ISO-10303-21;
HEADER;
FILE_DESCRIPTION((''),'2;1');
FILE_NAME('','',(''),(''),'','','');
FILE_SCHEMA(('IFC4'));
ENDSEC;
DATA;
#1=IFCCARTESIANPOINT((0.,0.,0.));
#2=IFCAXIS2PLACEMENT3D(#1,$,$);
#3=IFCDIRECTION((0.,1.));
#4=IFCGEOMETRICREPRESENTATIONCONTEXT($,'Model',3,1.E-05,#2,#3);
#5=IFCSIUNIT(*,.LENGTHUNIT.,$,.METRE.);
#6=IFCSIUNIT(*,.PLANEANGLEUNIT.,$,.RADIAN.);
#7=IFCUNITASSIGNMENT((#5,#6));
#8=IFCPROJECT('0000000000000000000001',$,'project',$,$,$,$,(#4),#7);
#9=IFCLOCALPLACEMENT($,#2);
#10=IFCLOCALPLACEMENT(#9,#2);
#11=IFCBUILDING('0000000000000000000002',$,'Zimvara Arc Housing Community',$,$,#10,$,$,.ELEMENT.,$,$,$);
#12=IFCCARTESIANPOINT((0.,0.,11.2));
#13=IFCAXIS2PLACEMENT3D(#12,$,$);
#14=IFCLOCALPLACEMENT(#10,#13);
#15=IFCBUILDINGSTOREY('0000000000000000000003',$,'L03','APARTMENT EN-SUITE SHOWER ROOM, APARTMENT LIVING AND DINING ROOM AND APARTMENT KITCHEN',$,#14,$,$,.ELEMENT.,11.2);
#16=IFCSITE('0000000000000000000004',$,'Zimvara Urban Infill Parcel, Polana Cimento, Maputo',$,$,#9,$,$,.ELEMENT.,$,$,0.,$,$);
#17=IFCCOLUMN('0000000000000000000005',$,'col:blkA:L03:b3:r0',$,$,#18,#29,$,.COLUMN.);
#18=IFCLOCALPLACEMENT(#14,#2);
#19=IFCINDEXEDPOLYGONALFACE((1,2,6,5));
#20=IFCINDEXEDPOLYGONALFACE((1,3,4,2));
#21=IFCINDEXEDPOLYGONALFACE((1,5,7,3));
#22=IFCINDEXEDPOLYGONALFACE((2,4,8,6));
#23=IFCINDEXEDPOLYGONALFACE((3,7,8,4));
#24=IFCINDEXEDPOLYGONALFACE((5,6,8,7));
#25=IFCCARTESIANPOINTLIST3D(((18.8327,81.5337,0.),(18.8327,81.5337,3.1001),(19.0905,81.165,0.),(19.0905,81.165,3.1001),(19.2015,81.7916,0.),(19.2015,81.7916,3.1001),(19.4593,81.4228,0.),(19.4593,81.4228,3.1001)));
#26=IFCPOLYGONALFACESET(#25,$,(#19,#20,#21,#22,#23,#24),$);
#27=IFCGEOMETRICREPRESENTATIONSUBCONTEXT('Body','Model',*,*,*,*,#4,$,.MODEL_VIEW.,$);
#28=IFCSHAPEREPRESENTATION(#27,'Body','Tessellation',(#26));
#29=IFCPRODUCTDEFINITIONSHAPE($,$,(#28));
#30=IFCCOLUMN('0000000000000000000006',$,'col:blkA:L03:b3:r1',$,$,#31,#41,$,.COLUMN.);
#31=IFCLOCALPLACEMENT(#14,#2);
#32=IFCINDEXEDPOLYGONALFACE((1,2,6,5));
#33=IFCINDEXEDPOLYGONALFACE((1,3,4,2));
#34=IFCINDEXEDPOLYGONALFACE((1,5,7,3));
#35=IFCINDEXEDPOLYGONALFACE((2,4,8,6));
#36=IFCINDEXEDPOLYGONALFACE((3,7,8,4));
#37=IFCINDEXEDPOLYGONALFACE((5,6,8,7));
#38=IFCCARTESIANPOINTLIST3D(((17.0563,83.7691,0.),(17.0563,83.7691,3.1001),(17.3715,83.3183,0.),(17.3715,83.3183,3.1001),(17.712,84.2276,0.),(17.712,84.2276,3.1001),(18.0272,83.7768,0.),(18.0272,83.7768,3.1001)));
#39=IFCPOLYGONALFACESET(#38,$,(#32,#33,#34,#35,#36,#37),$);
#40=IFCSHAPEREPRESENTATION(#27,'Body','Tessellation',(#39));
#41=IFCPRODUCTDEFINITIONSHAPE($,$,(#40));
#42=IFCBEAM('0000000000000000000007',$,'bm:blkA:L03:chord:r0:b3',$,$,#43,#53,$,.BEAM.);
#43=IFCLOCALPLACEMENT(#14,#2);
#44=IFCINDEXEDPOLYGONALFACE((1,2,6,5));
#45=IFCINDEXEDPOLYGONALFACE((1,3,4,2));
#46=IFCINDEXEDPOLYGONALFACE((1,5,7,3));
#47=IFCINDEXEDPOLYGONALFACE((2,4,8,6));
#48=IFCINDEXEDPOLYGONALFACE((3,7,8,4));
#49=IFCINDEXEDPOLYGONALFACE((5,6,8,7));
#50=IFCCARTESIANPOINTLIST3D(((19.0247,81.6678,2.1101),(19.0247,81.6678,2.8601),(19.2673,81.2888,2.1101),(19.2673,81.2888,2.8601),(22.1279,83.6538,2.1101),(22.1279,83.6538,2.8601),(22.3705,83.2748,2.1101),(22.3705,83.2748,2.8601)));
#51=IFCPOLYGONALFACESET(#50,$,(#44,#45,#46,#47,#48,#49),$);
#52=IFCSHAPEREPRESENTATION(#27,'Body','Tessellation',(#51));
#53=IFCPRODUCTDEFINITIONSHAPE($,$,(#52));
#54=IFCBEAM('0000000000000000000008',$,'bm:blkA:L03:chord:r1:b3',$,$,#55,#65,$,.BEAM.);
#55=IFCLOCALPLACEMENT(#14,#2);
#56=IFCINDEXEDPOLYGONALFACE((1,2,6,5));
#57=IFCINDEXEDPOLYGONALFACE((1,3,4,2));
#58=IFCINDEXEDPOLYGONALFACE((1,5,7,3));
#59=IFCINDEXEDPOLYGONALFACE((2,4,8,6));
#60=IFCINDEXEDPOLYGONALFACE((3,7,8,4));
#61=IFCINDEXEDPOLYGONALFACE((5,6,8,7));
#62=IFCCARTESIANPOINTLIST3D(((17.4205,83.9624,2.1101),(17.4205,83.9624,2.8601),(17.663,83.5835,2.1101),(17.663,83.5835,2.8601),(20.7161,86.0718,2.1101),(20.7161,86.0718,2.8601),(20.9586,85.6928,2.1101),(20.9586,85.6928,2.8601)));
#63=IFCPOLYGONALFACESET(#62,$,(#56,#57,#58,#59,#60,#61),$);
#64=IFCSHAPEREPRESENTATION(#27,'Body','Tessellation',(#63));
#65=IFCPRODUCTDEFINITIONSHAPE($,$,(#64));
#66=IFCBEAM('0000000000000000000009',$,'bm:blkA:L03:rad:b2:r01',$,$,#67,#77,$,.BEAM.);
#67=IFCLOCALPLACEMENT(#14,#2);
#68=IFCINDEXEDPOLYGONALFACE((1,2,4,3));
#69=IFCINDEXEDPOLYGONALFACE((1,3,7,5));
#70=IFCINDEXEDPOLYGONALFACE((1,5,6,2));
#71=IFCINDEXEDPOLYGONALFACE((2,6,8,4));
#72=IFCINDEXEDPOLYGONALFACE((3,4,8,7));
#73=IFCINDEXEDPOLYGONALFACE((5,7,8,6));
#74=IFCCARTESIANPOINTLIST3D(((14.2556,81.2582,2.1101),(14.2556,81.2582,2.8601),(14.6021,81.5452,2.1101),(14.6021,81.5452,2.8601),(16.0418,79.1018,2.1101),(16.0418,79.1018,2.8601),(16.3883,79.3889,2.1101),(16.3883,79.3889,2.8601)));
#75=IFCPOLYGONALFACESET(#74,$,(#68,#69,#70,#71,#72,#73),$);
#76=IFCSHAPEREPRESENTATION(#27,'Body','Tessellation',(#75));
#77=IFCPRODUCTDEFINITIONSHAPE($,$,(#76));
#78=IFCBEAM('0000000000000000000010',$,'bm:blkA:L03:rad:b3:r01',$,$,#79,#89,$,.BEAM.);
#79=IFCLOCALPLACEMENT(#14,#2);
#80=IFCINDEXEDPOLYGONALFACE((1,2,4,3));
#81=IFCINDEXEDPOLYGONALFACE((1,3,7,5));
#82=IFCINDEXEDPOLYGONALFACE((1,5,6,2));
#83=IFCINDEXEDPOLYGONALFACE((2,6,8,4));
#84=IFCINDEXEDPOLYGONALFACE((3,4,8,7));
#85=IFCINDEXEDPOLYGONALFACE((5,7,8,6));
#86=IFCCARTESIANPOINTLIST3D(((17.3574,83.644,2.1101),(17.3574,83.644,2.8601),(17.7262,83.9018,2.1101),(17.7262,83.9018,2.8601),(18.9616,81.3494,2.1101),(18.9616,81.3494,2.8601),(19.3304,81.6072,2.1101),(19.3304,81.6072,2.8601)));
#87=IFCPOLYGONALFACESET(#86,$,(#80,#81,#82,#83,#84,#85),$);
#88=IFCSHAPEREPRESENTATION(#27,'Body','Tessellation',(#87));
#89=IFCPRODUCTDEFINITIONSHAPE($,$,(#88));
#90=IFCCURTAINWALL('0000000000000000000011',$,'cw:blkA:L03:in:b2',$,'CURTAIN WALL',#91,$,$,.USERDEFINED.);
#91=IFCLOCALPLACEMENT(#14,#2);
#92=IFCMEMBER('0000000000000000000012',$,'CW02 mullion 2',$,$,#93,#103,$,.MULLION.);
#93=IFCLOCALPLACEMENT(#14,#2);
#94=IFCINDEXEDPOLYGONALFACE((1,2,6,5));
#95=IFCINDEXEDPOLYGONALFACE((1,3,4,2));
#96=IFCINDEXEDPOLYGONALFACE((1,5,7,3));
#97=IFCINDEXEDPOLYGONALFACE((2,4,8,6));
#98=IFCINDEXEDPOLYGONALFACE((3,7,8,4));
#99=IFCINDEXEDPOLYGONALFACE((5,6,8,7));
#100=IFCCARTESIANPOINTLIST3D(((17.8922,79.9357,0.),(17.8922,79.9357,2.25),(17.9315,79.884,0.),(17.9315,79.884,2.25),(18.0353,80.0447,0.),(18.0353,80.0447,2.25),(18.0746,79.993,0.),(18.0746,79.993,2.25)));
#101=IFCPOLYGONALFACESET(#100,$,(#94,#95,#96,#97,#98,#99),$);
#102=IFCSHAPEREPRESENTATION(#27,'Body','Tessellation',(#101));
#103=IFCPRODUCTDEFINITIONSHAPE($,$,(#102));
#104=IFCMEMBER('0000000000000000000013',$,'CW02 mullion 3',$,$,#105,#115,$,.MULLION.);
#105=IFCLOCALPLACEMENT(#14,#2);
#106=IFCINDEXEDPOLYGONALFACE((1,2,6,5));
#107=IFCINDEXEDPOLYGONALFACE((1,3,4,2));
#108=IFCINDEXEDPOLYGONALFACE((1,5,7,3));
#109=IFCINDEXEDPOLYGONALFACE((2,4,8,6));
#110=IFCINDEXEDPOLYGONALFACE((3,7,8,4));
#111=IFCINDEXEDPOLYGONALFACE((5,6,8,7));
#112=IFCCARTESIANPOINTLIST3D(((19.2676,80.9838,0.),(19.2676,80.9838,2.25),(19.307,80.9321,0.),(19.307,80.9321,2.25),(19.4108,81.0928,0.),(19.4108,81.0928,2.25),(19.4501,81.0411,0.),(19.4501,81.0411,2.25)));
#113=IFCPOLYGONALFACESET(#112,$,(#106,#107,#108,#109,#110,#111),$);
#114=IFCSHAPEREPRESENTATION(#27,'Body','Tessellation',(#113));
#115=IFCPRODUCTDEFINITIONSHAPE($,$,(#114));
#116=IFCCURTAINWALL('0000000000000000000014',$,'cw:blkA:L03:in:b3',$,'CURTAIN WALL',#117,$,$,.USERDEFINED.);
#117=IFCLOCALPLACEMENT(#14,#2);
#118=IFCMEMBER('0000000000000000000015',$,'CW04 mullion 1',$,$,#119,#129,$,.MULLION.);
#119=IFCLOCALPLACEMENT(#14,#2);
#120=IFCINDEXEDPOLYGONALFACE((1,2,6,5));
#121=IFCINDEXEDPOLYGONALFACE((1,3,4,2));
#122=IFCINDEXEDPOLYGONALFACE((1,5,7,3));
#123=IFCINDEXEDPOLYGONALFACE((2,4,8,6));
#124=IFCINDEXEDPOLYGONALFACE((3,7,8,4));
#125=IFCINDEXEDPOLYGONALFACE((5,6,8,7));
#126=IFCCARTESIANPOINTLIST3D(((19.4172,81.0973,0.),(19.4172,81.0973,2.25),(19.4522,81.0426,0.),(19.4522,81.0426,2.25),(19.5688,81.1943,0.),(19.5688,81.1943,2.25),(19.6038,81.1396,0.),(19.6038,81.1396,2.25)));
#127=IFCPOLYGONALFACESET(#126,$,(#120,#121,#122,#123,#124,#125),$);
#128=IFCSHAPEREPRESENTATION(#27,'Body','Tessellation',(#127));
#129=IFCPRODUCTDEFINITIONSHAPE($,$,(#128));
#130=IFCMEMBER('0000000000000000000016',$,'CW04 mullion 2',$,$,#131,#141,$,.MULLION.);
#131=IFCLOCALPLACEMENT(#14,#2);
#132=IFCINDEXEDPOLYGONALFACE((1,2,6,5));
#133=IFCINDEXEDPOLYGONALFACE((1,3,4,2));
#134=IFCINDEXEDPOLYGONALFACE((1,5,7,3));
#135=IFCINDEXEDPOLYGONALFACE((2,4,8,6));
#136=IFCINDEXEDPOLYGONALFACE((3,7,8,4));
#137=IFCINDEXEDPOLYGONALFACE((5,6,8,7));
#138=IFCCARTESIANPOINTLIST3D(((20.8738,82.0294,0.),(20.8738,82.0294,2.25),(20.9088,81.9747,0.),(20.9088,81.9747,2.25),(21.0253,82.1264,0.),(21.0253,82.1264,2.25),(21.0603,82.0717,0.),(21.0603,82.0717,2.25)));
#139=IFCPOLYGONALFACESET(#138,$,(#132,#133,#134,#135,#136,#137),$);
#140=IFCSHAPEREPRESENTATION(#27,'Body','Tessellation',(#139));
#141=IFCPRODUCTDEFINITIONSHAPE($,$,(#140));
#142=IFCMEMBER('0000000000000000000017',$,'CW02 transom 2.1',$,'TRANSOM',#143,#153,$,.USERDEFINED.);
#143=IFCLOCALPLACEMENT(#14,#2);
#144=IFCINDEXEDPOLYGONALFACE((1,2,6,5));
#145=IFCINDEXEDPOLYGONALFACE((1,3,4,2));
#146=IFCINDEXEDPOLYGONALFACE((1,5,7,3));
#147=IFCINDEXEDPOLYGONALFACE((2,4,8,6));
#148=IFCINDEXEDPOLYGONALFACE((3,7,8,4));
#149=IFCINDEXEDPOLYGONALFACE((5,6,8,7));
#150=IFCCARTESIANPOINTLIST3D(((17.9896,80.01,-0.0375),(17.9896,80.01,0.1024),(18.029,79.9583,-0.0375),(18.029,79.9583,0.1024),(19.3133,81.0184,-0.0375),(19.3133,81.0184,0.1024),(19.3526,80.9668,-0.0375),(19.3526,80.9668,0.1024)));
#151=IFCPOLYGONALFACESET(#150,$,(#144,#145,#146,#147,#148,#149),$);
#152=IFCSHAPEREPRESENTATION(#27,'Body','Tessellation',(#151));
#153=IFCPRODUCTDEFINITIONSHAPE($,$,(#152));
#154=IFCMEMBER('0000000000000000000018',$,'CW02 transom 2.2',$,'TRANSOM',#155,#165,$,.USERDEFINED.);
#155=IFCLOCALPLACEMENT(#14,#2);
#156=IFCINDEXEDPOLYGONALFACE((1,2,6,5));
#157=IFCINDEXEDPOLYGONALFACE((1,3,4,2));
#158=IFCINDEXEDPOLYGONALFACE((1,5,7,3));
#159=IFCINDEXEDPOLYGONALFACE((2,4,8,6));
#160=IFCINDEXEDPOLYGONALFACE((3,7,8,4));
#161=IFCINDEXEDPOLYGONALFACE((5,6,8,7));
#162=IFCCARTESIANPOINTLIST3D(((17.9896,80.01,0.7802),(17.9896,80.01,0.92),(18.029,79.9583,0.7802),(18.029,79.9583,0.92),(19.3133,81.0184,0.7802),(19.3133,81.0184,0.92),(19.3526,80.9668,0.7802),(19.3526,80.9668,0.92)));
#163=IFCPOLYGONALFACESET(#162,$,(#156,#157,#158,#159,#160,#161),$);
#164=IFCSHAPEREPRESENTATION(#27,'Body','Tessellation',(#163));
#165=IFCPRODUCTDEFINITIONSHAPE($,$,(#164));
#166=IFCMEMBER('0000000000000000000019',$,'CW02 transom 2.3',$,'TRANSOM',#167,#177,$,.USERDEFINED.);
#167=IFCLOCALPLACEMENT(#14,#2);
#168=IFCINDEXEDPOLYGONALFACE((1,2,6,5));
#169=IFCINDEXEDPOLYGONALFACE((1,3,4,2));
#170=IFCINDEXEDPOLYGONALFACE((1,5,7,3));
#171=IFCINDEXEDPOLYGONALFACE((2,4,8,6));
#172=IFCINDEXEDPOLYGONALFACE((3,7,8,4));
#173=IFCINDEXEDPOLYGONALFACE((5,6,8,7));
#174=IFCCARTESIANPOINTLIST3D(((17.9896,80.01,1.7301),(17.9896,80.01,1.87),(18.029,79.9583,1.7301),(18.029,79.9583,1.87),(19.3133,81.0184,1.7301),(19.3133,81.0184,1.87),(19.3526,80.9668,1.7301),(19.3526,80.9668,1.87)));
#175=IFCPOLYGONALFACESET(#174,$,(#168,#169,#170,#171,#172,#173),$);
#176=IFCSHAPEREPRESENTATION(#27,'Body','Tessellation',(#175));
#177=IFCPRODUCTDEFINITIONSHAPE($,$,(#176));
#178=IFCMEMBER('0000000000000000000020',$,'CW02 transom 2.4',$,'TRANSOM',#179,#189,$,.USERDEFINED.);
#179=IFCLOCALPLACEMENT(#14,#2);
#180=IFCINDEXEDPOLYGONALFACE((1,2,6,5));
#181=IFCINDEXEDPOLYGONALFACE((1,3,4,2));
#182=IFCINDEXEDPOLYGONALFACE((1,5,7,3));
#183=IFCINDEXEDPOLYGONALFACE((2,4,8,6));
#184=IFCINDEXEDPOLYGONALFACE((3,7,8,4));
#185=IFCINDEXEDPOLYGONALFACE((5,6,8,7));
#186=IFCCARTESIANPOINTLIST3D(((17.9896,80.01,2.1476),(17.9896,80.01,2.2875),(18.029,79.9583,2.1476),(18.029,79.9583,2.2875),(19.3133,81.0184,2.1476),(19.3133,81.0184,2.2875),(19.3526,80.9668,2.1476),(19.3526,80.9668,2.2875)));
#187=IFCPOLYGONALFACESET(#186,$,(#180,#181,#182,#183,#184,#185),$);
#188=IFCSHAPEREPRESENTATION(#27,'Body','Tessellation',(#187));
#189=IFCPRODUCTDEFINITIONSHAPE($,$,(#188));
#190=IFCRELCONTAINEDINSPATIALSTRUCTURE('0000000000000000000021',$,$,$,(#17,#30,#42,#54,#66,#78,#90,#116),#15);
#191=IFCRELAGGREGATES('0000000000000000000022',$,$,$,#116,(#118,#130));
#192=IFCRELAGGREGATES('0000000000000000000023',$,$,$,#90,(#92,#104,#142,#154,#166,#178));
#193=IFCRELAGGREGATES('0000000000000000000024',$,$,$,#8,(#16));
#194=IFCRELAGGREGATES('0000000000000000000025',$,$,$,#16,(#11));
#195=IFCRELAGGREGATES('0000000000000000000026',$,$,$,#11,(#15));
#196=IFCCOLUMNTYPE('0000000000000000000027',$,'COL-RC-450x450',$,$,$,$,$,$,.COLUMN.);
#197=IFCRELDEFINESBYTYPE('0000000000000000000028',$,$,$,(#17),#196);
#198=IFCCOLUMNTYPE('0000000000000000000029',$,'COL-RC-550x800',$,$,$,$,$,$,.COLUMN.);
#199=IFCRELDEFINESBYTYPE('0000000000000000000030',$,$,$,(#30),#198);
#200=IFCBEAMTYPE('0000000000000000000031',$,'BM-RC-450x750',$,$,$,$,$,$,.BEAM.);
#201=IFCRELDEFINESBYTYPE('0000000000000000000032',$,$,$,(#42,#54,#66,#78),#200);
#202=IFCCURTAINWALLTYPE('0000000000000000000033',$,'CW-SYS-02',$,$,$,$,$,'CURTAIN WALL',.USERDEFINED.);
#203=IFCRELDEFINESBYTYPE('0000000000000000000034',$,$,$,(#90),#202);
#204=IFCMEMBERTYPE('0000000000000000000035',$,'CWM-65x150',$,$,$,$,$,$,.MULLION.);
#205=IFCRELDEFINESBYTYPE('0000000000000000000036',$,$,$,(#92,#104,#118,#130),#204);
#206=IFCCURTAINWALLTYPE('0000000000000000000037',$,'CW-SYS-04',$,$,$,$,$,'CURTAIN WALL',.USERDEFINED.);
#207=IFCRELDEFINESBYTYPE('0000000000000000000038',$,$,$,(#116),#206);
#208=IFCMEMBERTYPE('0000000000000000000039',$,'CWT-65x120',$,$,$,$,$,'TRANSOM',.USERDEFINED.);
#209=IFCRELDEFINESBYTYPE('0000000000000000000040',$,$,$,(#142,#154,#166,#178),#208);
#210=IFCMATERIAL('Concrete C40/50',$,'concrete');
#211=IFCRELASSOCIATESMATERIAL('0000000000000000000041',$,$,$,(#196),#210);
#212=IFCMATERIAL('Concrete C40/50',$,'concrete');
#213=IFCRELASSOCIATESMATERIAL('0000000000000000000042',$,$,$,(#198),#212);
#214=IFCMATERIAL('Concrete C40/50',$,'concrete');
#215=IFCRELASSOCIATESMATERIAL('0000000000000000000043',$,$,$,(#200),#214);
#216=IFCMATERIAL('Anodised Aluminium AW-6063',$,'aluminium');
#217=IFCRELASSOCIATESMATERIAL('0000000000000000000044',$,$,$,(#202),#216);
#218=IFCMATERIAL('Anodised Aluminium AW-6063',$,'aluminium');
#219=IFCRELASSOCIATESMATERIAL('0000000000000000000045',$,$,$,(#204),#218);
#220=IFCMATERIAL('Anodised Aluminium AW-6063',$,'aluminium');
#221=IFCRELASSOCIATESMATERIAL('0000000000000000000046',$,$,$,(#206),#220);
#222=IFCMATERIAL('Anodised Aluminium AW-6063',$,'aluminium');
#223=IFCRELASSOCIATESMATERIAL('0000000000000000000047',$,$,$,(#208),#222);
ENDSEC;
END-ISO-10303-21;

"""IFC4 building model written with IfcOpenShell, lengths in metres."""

from ifc_helpers import new_model, si_unit, direction, frame, origin, origin_2d, place, context, subcontext, project, spatial, rectangle, extrude, material, material_profile, profile_set, type_object, element, aggregate, save


model = new_model("IFC4")

# Units and contexts
model_context = context("Model", 3, precision=1e-05, world=origin(), true_north=direction((0.0, 1.0)))
body_context = subcontext(model_context, "Body", "Model", "MODEL_VIEW")
ifc_project = project(units=[si_unit("LENGTHUNIT", "METRE"), si_unit("PLANEANGLEUNIT", "RADIAN")], contexts=[model_context])

# Site, building, storey
site_placement = place(None, origin())
site = spatial("IfcSite", under=ifc_project, at=site_placement, Name="Zimvara Urban Infill Parcel, Polana Cimento, Maputo", CompositionType="ELEMENT", RefElevation=0.0)
building_placement = place(site_placement, origin())
building = spatial("IfcBuilding", under=site, at=building_placement, Name="Zimvara Arc Housing Community", CompositionType="ELEMENT")
storey_placement = place(building_placement, frame((0.0, 0.0, 11.2)))
storey = spatial("IfcBuildingStorey", under=building, at=storey_placement, Name="L03", Description="APARTMENT EN-SUITE SHOWER ROOM, APARTMENT LIVING AND DINING ROOM AND APARTMENT KITCHEN", CompositionType="ELEMENT", Elevation=11.2)

# Columns
ifc_material_1 = material(Name="Concrete C40/50", Category="concrete")
ifc_material_profile_1 = material_profile(ifc_material_1, rectangle(XDim=0.45, YDim=0.45, at=origin_2d()), Name="RC 450x450")
ifc_profile_set_1 = profile_set([ifc_material_profile_1], Name="Concrete C40/50")
column_type_1 = type_object("IfcColumnType", Name="COL-RC-450x450", PredefinedType="COLUMN", material=ifc_profile_set_1)
column_1_placement = place(storey_placement, frame((19.146, 81.4783, 0.0), z_axis=(0.0, 0.0, 1.0), x_axis=(-0.573004, 0.819552, 0.0)))
element("IfcColumn", 1, at=column_1_placement, inside=storey, type_object=column_type_1, Name="col:blkA:L03:b3:r0", PredefinedType="COLUMN", context=body_context, shape_type="SweptSolid", body=[
    extrude(rectangle(XDim=0.45, YDim=0.45, at=origin_2d()), origin(), (0.0, 0.0, 1.0), 3.1001),
])
ifc_material_2 = material(Name="Concrete C40/50", Category="concrete")
ifc_material_profile_2 = material_profile(ifc_material_2, rectangle(XDim=0.55, YDim=0.8, at=origin_2d()), Name="RC 550x800")
ifc_profile_set_2 = profile_set([ifc_material_profile_2], Name="Concrete C40/50")
column_type_2 = type_object("IfcColumnType", Name="COL-RC-550x800", PredefinedType="COLUMN", material=ifc_profile_set_2)
column_2_placement = place(storey_placement, frame((17.5417, 83.7729, 0.0), z_axis=(0.0, 0.0, 1.0), x_axis=(-0.573004, 0.819552, 0.0)))
element("IfcColumn", 2, at=column_2_placement, inside=storey, type_object=column_type_2, Name="col:blkA:L03:b3:r1", PredefinedType="COLUMN", context=body_context, shape_type="SweptSolid", body=[
    extrude(rectangle(XDim=0.55, YDim=0.8, at=origin_2d()), origin(), (0.0, 0.0, 1.0), 3.1001),
])

# Beams
ifc_material_3 = material(Name="Concrete C40/50", Category="concrete")
ifc_material_profile_3 = material_profile(ifc_material_3, rectangle(XDim=0.45, YDim=0.75, at=origin_2d()), Name="RC 450x750")
ifc_profile_set_3 = profile_set([ifc_material_profile_3], Name="Concrete C40/50")
beam_type = type_object("IfcBeamType", Name="BM-RC-450x750", PredefinedType="BEAM", material=ifc_profile_set_3)
beam_1_placement = place(storey_placement, frame((19.146, 81.4783, 2.4851), z_axis=(0.842273, 0.539052, 0.0), x_axis=(-0.539052, 0.842273, 0.0)))
element("IfcBeam", 3, at=beam_1_placement, inside=storey, type_object=beam_type, Name="bm:blkA:L03:chord:r0:b3", PredefinedType="BEAM", context=body_context, shape_type="SweptSolid", body=[
    extrude(rectangle(XDim=0.45, YDim=0.75, at=origin_2d()), origin(), (0.0, 0.0, 1.0), 3.6843),
])
beam_2_placement = place(storey_placement, frame((17.5417, 83.7729, 2.4851), z_axis=(0.842253, 0.539082, 0.0), x_axis=(-0.539082, 0.842253, 0.0)))
element("IfcBeam", 4, at=beam_2_placement, inside=storey, type_object=beam_type, Name="bm:blkA:L03:chord:r1:b3", PredefinedType="BEAM", context=body_context, shape_type="SweptSolid", body=[
    extrude(rectangle(XDim=0.45, YDim=0.75, at=origin_2d()), origin(), (0.0, 0.0, 1.0), 3.9128),
])
beam_3_placement = place(storey_placement, frame((16.2151, 79.2454, 2.4851), z_axis=(-0.637917, 0.770105, 0.0), x_axis=(-0.770105, -0.637917, 0.0)))
element("IfcBeam", 5, at=beam_3_placement, inside=storey, type_object=beam_type, Name="bm:blkA:L03:rad:b2:r01", PredefinedType="BEAM", context=body_context, shape_type="SweptSolid", body=[
    extrude(rectangle(XDim=0.45, YDim=0.75, at=origin_2d()), origin(), (0.0, 0.0, 1.0), 2.8),
])
beam_4_placement = place(storey_placement, frame((19.146, 81.4783, 2.4851), z_axis=(-0.572977, 0.819572, 0.0), x_axis=(-0.819572, -0.572977, 0.0)))
element("IfcBeam", 6, at=beam_4_placement, inside=storey, type_object=beam_type, Name="bm:blkA:L03:rad:b3:r01", PredefinedType="BEAM", context=body_context, shape_type="SweptSolid", body=[
    extrude(rectangle(XDim=0.45, YDim=0.75, at=origin_2d()), origin(), (0.0, 0.0, 1.0), 2.7998),
])

# Curtain walls, members
ifc_material_4 = material(Name="Anodised Aluminium AW-6063", Category="aluminium")
curtain_wall_type_1 = type_object("IfcCurtainWallType", Name="CW-SYS-02", ElementType="CURTAIN WALL", PredefinedType="USERDEFINED", material=ifc_material_4)
curtain_wall_1_placement = place(storey_placement, origin())
curtain_wall_1 = element("IfcCurtainWall", 7, at=curtain_wall_1_placement, inside=storey, type_object=curtain_wall_type_1, Name="cw:blkA:L03:in:b2", ObjectType="CURTAIN WALL", PredefinedType="USERDEFINED")
ifc_material_5 = material(Name="Anodised Aluminium AW-6063", Category="aluminium")
ifc_material_profile_4 = material_profile(ifc_material_5, rectangle(XDim=0.0649, YDim=0.1799, at=origin_2d()), Name="ALU 65x180")
ifc_profile_set_4 = profile_set([ifc_material_profile_4], Name="Anodised Aluminium AW-6063")
member_type_1 = type_object("IfcMemberType", Name="CWM-65x150", PredefinedType="MULLION", material=ifc_profile_set_4)
member_1_placement = place(storey_placement, frame((17.9834, 79.9644, 0.0), z_axis=(0.0, 0.0, 1.0), x_axis=(-0.605988, 0.795474, 0.0)))
member_1 = element("IfcMember", 8, at=member_1_placement, type_object=member_type_1, Name="CW02 mullion 2", PredefinedType="MULLION", context=body_context, shape_type="SweptSolid", body=[
    extrude(rectangle(XDim=0.0649, YDim=0.1799, at=origin_2d()), origin(), (0.0, 0.0, 1.0), 2.25),
])
member_2_placement = place(storey_placement, frame((19.3589, 81.0125, 0.0), z_axis=(0.0, 0.0, 1.0), x_axis=(-0.605988, 0.795474, 0.0)))
member_2 = element("IfcMember", 9, at=member_2_placement, type_object=member_type_1, Name="CW02 mullion 3", PredefinedType="MULLION", context=body_context, shape_type="SweptSolid", body=[
    extrude(rectangle(XDim=0.0649, YDim=0.1799, at=origin_2d()), origin(), (0.0, 0.0, 1.0), 2.25),
])
ifc_material_6 = material(Name="Anodised Aluminium AW-6063", Category="aluminium")
curtain_wall_type_2 = type_object("IfcCurtainWallType", Name="CW-SYS-04", ElementType="CURTAIN WALL", PredefinedType="USERDEFINED", material=ifc_material_6)
curtain_wall_2_placement = place(storey_placement, origin())
curtain_wall_2 = element("IfcCurtainWall", 10, at=curtain_wall_2_placement, inside=storey, type_object=curtain_wall_type_2, Name="cw:blkA:L03:in:b3", ObjectType="CURTAIN WALL", PredefinedType="USERDEFINED")
member_3_placement = place(storey_placement, frame((19.5105, 81.1184, 0.0), z_axis=(0.0, 0.0, 1.0), x_axis=(-0.539064, 0.842265, 0.0)))
member_3 = element("IfcMember", 11, at=member_3_placement, type_object=member_type_1, Name="CW04 mullion 1", PredefinedType="MULLION", context=body_context, shape_type="SweptSolid", body=[
    extrude(rectangle(XDim=0.0649, YDim=0.1799, at=origin_2d()), origin(), (0.0, 0.0, 1.0), 2.25),
])
member_4_placement = place(storey_placement, frame((20.967, 82.0505, 0.0), z_axis=(0.0, 0.0, 1.0), x_axis=(-0.539064, 0.842265, 0.0)))
member_4 = element("IfcMember", 12, at=member_4_placement, type_object=member_type_1, Name="CW04 mullion 2", PredefinedType="MULLION", context=body_context, shape_type="SweptSolid", body=[
    extrude(rectangle(XDim=0.0649, YDim=0.1799, at=origin_2d()), origin(), (0.0, 0.0, 1.0), 2.25),
])

# Members
ifc_material_7 = material(Name="Anodised Aluminium AW-6063", Category="aluminium")
ifc_material_profile_5 = material_profile(ifc_material_7, rectangle(XDim=0.0649, YDim=0.1399, at=origin_2d()), Name="ALU 65x140")
ifc_profile_set_5 = profile_set([ifc_material_profile_5], Name="Anodised Aluminium AW-6063")
member_type_2 = type_object("IfcMemberType", Name="CWT-65x120", ElementType="TRANSOM", PredefinedType="USERDEFINED", material=ifc_profile_set_5)
member_5_placement = place(storey_placement, frame((18.0093, 79.9841, 0.0325), z_axis=(0.795435, 0.606039, 0.0), x_axis=(-0.606039, 0.795435, 0.0)))
member_5 = element("IfcMember", 13, at=member_5_placement, type_object=member_type_2, Name="CW02 transom 2.1", ObjectType="TRANSOM", PredefinedType="USERDEFINED", context=body_context, shape_type="SweptSolid", body=[
    extrude(rectangle(XDim=0.0649, YDim=0.1399, at=origin_2d()), origin(), (0.0, 0.0, 1.0), 1.6641),
])
member_6_placement = place(storey_placement, frame((18.0093, 79.9841, 0.8501), z_axis=(0.795435, 0.606039, 0.0), x_axis=(-0.606039, 0.795435, 0.0)))
member_6 = element("IfcMember", 14, at=member_6_placement, type_object=member_type_2, Name="CW02 transom 2.2", ObjectType="TRANSOM", PredefinedType="USERDEFINED", context=body_context, shape_type="SweptSolid", body=[
    extrude(rectangle(XDim=0.0649, YDim=0.1399, at=origin_2d()), origin(), (0.0, 0.0, 1.0), 1.6641),
])
member_7_placement = place(storey_placement, frame((18.0093, 79.9841, 1.8), z_axis=(0.795435, 0.606039, 0.0), x_axis=(-0.606039, 0.795435, 0.0)))
member_7 = element("IfcMember", 15, at=member_7_placement, type_object=member_type_2, Name="CW02 transom 2.3", ObjectType="TRANSOM", PredefinedType="USERDEFINED", context=body_context, shape_type="SweptSolid", body=[
    extrude(rectangle(XDim=0.0649, YDim=0.1399, at=origin_2d()), origin(), (0.0, 0.0, 1.0), 1.6641),
])
member_8_placement = place(storey_placement, frame((18.0093, 79.9841, 2.2175), z_axis=(0.795435, 0.606039, 0.0), x_axis=(-0.606039, 0.795435, 0.0)))
member_8 = element("IfcMember", 16, at=member_8_placement, type_object=member_type_2, Name="CW02 transom 2.4", ObjectType="TRANSOM", PredefinedType="USERDEFINED", context=body_context, shape_type="SweptSolid", body=[
    extrude(rectangle(XDim=0.0649, YDim=0.1399, at=origin_2d()), origin(), (0.0, 0.0, 1.0), 1.6641),
])

aggregate(curtain_wall_2, [member_3, member_4])
aggregate(curtain_wall_1, [member_1, member_2, member_5, member_6, member_7, member_8])

save(model, "model.ifc")
